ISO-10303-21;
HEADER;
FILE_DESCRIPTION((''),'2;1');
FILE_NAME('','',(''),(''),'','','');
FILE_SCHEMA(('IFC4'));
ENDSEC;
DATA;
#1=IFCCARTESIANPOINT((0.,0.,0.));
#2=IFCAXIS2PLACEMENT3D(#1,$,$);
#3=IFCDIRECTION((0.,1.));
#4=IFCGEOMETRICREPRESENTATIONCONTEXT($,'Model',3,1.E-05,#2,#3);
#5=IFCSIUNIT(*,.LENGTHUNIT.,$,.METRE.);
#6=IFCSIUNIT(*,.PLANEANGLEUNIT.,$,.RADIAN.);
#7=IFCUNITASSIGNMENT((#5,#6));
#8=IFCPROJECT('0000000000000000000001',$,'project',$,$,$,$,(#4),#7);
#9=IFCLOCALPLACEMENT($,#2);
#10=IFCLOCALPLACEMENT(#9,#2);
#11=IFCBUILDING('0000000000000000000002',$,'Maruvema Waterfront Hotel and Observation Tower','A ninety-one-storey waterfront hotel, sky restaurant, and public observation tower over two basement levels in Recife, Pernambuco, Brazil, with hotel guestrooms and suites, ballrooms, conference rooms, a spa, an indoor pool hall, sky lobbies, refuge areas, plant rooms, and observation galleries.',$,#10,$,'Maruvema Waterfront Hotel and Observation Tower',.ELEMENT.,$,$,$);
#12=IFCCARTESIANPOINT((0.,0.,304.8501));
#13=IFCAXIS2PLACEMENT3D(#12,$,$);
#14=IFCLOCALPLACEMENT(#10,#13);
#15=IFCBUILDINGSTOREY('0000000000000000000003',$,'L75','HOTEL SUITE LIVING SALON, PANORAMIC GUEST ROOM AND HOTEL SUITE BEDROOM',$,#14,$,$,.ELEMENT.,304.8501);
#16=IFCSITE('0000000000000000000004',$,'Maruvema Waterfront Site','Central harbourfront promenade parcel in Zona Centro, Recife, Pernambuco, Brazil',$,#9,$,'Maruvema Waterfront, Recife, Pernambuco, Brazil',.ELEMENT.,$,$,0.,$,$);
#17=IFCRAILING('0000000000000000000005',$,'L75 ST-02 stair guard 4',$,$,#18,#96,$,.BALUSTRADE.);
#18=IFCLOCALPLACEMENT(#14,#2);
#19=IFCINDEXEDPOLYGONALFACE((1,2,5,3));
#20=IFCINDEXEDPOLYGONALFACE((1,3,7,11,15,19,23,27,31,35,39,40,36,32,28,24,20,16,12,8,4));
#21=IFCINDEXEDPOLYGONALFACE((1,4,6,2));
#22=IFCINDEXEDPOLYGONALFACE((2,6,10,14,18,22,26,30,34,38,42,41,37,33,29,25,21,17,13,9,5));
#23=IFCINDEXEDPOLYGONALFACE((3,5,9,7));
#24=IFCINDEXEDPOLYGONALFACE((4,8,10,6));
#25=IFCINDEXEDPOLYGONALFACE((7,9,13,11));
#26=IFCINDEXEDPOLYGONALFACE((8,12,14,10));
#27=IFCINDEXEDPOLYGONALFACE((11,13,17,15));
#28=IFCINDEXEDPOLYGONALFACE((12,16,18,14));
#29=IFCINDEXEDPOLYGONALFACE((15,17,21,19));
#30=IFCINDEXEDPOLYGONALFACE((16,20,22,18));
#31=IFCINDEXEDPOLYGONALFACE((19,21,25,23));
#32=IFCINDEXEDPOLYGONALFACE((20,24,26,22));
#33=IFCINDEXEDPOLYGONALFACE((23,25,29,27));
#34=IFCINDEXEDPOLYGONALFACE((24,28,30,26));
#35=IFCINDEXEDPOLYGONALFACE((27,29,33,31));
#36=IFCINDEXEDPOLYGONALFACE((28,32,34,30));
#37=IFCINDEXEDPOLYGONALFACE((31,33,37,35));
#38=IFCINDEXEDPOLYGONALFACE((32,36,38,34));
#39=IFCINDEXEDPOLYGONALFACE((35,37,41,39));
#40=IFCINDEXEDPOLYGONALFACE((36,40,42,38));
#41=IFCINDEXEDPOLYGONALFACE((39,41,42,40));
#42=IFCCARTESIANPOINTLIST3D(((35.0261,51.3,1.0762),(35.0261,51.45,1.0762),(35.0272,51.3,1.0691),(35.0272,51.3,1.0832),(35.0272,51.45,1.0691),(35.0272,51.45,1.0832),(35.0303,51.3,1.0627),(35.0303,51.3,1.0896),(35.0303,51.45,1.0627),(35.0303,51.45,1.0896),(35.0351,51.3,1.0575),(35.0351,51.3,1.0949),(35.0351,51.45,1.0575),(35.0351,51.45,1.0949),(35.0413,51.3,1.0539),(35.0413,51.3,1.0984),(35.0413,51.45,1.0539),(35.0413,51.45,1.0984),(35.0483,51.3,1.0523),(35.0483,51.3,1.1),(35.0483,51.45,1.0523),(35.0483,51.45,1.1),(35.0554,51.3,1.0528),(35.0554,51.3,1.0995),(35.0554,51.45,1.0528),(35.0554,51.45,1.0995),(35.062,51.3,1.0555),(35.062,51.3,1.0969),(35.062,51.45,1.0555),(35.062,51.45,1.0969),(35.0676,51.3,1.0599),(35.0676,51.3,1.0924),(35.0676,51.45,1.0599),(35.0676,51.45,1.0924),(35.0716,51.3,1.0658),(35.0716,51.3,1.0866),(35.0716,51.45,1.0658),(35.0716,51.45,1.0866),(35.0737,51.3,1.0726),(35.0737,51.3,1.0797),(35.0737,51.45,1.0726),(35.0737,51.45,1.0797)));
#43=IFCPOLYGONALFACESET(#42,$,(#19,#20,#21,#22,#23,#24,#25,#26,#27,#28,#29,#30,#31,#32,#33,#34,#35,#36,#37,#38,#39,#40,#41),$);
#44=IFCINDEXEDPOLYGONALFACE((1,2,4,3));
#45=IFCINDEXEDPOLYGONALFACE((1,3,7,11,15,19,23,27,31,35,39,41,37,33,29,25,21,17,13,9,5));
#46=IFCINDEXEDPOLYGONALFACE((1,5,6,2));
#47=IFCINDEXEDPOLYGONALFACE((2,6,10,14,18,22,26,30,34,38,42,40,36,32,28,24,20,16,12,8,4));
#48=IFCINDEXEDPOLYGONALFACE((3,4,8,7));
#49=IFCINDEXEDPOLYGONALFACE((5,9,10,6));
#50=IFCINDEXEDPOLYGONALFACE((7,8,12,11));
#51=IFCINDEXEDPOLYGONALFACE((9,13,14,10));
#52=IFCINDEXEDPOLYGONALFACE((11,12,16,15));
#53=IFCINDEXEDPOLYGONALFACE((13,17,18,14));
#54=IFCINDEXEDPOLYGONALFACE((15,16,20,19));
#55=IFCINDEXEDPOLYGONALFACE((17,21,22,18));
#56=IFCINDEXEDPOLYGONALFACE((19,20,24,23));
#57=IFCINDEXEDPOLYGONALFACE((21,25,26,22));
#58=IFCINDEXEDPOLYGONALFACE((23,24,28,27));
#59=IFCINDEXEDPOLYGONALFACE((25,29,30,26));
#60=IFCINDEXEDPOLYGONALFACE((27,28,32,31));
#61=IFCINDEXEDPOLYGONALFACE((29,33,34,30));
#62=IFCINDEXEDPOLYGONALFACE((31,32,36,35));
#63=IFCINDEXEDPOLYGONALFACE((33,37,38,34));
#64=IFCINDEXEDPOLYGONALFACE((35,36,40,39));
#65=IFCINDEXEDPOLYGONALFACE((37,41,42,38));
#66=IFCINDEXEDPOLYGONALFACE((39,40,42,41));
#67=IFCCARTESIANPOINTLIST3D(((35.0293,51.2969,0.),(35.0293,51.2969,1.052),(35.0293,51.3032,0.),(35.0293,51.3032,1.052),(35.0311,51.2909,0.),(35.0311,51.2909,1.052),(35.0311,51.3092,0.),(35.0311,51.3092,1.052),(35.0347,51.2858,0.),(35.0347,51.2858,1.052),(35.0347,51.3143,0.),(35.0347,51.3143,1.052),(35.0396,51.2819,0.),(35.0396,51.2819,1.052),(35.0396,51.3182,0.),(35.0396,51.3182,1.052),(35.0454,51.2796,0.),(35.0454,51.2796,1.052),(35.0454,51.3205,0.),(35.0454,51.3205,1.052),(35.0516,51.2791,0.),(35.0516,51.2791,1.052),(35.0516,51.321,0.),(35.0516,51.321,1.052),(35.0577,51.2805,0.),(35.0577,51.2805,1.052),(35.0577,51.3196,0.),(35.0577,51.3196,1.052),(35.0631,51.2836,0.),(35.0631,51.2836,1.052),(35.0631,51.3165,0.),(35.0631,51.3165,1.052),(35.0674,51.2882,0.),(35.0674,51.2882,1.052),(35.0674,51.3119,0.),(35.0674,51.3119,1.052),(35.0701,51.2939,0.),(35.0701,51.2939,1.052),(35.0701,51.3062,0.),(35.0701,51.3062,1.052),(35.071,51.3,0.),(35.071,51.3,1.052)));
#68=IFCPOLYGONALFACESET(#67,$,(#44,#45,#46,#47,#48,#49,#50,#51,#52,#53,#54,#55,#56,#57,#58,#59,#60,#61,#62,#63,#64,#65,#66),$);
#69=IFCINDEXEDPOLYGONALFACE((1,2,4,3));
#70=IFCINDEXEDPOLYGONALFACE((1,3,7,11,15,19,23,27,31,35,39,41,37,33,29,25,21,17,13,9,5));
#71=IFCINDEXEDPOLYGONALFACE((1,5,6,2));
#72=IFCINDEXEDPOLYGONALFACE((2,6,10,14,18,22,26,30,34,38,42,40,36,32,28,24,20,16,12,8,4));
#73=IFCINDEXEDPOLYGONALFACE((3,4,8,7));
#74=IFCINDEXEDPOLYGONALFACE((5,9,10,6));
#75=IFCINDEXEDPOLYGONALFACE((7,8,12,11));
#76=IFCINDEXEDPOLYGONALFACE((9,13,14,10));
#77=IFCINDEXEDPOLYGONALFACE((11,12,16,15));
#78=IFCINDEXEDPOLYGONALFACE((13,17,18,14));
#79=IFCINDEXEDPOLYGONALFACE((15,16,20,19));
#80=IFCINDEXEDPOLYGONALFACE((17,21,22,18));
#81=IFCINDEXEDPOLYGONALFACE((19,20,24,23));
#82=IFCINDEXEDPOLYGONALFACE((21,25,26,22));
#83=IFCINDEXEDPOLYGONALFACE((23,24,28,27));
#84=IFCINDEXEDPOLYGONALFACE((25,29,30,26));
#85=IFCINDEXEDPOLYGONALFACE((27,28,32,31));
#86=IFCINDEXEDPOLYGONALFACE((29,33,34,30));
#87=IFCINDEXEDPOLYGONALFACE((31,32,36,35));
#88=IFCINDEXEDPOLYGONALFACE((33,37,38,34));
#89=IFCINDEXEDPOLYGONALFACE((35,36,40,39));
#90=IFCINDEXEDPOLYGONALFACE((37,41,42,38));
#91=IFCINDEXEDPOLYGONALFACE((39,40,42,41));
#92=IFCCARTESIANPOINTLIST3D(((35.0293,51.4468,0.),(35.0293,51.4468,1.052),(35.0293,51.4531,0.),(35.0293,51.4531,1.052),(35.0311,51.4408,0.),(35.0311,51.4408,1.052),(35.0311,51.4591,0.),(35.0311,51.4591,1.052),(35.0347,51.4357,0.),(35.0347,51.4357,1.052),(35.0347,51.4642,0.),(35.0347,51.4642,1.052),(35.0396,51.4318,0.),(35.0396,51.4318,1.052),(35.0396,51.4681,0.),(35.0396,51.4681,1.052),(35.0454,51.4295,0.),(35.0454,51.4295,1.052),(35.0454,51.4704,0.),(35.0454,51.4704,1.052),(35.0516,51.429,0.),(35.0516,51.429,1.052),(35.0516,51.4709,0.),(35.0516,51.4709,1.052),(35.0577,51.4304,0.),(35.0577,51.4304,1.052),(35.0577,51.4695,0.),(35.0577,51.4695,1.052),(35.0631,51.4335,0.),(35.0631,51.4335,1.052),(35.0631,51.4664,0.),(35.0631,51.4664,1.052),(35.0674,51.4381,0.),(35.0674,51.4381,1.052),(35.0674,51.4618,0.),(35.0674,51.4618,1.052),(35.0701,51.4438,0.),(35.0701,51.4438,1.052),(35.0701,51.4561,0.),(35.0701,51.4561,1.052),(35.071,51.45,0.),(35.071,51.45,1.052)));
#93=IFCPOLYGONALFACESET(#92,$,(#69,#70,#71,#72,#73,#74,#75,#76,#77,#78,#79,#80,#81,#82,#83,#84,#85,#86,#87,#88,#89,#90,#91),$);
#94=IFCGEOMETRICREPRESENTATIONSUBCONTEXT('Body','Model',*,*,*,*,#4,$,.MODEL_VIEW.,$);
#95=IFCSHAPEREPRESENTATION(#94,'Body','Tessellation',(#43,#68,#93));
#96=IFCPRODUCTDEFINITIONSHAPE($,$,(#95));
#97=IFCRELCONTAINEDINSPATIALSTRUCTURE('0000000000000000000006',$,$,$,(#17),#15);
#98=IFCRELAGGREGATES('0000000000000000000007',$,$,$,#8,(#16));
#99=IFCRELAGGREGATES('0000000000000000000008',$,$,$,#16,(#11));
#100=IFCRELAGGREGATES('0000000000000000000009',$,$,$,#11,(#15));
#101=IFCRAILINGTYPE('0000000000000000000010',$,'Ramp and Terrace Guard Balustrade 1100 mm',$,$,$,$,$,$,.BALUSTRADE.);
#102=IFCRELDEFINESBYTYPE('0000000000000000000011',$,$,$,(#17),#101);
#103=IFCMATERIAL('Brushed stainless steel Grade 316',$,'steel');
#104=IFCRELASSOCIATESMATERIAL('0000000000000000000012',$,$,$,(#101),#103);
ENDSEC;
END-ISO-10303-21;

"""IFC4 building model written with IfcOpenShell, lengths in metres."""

from ifc_helpers import new_model, si_unit, direction, frame, origin, origin_2d, place, context, subcontext, project, spatial, circle, extrude, material, type_object, element, save


model = new_model("IFC4")

# Units and contexts
model_context = context("Model", 3, precision=1e-05, world=origin(), true_north=direction((0.0, 1.0)))
body_context = subcontext(model_context, "Body", "Model", "MODEL_VIEW")
ifc_project = project(units=[si_unit("LENGTHUNIT", "METRE"), si_unit("PLANEANGLEUNIT", "RADIAN")], contexts=[model_context])

# Site, building, storey
site_placement = place(None, origin())
site = spatial("IfcSite", under=ifc_project, at=site_placement, Name="Maruvema Waterfront Site", Description="Central harbourfront promenade parcel in Zona Centro, Recife, Pernambuco, Brazil", LongName="Maruvema Waterfront, Recife, Pernambuco, Brazil", CompositionType="ELEMENT", RefElevation=0.0)
building_placement = place(site_placement, origin())
building = spatial("IfcBuilding", under=site, at=building_placement, Name="Maruvema Waterfront Hotel and Observation Tower", Description="A ninety-one-storey waterfront hotel, sky restaurant, and public observation tower over two basement levels in Recife, Pernambuco, Brazil, with hotel guestrooms and suites, ballrooms, conference rooms, a spa, an indoor pool hall, sky lobbies, refuge areas, plant rooms, and observation galleries.", LongName="Maruvema Waterfront Hotel and Observation Tower", CompositionType="ELEMENT")
storey_placement = place(building_placement, frame((0.0, 0.0, 304.8501)))
storey = spatial("IfcBuildingStorey", under=building, at=storey_placement, Name="L75", Description="HOTEL SUITE LIVING SALON, PANORAMIC GUEST ROOM AND HOTEL SUITE BEDROOM", CompositionType="ELEMENT", Elevation=304.8501)

# Railing
ifc_material_1 = material(Name="Brushed stainless steel Grade 316", Category="steel")
railing_type_1 = type_object("IfcRailingType", Name="Ramp and Terrace Guard Balustrade 1100 mm", PredefinedType="BALUSTRADE", material=ifc_material_1)
railing_1_placement = place(storey_placement, frame((35.05, 51.3, 0.0)))
element("IfcRailing", 1, at=railing_1_placement, inside=storey, type_object=railing_type_1, Name="L75 ST-02 stair guard 4", PredefinedType="BALUSTRADE", context=body_context, shape_type="SweptSolid", body=[
    extrude(circle(Radius=0.0239, at=origin_2d()), frame((0.0, 0.0, 1.0762), z_axis=(0.0, 1.0, 0.0), x_axis=(-1.0, 0.0, 0.0)), (0.0, 0.0, 1.0), 0.1499),
    extrude(circle(Radius=0.021, at=origin_2d()), origin(), (0.0, 0.0, 1.0), 1.052),
    extrude(circle(Radius=0.021, at=origin_2d()), frame((0.0, 0.1499, 0.0)), (0.0, 0.0, 1.0), 1.052),
])

save(model, "model.ifc")
